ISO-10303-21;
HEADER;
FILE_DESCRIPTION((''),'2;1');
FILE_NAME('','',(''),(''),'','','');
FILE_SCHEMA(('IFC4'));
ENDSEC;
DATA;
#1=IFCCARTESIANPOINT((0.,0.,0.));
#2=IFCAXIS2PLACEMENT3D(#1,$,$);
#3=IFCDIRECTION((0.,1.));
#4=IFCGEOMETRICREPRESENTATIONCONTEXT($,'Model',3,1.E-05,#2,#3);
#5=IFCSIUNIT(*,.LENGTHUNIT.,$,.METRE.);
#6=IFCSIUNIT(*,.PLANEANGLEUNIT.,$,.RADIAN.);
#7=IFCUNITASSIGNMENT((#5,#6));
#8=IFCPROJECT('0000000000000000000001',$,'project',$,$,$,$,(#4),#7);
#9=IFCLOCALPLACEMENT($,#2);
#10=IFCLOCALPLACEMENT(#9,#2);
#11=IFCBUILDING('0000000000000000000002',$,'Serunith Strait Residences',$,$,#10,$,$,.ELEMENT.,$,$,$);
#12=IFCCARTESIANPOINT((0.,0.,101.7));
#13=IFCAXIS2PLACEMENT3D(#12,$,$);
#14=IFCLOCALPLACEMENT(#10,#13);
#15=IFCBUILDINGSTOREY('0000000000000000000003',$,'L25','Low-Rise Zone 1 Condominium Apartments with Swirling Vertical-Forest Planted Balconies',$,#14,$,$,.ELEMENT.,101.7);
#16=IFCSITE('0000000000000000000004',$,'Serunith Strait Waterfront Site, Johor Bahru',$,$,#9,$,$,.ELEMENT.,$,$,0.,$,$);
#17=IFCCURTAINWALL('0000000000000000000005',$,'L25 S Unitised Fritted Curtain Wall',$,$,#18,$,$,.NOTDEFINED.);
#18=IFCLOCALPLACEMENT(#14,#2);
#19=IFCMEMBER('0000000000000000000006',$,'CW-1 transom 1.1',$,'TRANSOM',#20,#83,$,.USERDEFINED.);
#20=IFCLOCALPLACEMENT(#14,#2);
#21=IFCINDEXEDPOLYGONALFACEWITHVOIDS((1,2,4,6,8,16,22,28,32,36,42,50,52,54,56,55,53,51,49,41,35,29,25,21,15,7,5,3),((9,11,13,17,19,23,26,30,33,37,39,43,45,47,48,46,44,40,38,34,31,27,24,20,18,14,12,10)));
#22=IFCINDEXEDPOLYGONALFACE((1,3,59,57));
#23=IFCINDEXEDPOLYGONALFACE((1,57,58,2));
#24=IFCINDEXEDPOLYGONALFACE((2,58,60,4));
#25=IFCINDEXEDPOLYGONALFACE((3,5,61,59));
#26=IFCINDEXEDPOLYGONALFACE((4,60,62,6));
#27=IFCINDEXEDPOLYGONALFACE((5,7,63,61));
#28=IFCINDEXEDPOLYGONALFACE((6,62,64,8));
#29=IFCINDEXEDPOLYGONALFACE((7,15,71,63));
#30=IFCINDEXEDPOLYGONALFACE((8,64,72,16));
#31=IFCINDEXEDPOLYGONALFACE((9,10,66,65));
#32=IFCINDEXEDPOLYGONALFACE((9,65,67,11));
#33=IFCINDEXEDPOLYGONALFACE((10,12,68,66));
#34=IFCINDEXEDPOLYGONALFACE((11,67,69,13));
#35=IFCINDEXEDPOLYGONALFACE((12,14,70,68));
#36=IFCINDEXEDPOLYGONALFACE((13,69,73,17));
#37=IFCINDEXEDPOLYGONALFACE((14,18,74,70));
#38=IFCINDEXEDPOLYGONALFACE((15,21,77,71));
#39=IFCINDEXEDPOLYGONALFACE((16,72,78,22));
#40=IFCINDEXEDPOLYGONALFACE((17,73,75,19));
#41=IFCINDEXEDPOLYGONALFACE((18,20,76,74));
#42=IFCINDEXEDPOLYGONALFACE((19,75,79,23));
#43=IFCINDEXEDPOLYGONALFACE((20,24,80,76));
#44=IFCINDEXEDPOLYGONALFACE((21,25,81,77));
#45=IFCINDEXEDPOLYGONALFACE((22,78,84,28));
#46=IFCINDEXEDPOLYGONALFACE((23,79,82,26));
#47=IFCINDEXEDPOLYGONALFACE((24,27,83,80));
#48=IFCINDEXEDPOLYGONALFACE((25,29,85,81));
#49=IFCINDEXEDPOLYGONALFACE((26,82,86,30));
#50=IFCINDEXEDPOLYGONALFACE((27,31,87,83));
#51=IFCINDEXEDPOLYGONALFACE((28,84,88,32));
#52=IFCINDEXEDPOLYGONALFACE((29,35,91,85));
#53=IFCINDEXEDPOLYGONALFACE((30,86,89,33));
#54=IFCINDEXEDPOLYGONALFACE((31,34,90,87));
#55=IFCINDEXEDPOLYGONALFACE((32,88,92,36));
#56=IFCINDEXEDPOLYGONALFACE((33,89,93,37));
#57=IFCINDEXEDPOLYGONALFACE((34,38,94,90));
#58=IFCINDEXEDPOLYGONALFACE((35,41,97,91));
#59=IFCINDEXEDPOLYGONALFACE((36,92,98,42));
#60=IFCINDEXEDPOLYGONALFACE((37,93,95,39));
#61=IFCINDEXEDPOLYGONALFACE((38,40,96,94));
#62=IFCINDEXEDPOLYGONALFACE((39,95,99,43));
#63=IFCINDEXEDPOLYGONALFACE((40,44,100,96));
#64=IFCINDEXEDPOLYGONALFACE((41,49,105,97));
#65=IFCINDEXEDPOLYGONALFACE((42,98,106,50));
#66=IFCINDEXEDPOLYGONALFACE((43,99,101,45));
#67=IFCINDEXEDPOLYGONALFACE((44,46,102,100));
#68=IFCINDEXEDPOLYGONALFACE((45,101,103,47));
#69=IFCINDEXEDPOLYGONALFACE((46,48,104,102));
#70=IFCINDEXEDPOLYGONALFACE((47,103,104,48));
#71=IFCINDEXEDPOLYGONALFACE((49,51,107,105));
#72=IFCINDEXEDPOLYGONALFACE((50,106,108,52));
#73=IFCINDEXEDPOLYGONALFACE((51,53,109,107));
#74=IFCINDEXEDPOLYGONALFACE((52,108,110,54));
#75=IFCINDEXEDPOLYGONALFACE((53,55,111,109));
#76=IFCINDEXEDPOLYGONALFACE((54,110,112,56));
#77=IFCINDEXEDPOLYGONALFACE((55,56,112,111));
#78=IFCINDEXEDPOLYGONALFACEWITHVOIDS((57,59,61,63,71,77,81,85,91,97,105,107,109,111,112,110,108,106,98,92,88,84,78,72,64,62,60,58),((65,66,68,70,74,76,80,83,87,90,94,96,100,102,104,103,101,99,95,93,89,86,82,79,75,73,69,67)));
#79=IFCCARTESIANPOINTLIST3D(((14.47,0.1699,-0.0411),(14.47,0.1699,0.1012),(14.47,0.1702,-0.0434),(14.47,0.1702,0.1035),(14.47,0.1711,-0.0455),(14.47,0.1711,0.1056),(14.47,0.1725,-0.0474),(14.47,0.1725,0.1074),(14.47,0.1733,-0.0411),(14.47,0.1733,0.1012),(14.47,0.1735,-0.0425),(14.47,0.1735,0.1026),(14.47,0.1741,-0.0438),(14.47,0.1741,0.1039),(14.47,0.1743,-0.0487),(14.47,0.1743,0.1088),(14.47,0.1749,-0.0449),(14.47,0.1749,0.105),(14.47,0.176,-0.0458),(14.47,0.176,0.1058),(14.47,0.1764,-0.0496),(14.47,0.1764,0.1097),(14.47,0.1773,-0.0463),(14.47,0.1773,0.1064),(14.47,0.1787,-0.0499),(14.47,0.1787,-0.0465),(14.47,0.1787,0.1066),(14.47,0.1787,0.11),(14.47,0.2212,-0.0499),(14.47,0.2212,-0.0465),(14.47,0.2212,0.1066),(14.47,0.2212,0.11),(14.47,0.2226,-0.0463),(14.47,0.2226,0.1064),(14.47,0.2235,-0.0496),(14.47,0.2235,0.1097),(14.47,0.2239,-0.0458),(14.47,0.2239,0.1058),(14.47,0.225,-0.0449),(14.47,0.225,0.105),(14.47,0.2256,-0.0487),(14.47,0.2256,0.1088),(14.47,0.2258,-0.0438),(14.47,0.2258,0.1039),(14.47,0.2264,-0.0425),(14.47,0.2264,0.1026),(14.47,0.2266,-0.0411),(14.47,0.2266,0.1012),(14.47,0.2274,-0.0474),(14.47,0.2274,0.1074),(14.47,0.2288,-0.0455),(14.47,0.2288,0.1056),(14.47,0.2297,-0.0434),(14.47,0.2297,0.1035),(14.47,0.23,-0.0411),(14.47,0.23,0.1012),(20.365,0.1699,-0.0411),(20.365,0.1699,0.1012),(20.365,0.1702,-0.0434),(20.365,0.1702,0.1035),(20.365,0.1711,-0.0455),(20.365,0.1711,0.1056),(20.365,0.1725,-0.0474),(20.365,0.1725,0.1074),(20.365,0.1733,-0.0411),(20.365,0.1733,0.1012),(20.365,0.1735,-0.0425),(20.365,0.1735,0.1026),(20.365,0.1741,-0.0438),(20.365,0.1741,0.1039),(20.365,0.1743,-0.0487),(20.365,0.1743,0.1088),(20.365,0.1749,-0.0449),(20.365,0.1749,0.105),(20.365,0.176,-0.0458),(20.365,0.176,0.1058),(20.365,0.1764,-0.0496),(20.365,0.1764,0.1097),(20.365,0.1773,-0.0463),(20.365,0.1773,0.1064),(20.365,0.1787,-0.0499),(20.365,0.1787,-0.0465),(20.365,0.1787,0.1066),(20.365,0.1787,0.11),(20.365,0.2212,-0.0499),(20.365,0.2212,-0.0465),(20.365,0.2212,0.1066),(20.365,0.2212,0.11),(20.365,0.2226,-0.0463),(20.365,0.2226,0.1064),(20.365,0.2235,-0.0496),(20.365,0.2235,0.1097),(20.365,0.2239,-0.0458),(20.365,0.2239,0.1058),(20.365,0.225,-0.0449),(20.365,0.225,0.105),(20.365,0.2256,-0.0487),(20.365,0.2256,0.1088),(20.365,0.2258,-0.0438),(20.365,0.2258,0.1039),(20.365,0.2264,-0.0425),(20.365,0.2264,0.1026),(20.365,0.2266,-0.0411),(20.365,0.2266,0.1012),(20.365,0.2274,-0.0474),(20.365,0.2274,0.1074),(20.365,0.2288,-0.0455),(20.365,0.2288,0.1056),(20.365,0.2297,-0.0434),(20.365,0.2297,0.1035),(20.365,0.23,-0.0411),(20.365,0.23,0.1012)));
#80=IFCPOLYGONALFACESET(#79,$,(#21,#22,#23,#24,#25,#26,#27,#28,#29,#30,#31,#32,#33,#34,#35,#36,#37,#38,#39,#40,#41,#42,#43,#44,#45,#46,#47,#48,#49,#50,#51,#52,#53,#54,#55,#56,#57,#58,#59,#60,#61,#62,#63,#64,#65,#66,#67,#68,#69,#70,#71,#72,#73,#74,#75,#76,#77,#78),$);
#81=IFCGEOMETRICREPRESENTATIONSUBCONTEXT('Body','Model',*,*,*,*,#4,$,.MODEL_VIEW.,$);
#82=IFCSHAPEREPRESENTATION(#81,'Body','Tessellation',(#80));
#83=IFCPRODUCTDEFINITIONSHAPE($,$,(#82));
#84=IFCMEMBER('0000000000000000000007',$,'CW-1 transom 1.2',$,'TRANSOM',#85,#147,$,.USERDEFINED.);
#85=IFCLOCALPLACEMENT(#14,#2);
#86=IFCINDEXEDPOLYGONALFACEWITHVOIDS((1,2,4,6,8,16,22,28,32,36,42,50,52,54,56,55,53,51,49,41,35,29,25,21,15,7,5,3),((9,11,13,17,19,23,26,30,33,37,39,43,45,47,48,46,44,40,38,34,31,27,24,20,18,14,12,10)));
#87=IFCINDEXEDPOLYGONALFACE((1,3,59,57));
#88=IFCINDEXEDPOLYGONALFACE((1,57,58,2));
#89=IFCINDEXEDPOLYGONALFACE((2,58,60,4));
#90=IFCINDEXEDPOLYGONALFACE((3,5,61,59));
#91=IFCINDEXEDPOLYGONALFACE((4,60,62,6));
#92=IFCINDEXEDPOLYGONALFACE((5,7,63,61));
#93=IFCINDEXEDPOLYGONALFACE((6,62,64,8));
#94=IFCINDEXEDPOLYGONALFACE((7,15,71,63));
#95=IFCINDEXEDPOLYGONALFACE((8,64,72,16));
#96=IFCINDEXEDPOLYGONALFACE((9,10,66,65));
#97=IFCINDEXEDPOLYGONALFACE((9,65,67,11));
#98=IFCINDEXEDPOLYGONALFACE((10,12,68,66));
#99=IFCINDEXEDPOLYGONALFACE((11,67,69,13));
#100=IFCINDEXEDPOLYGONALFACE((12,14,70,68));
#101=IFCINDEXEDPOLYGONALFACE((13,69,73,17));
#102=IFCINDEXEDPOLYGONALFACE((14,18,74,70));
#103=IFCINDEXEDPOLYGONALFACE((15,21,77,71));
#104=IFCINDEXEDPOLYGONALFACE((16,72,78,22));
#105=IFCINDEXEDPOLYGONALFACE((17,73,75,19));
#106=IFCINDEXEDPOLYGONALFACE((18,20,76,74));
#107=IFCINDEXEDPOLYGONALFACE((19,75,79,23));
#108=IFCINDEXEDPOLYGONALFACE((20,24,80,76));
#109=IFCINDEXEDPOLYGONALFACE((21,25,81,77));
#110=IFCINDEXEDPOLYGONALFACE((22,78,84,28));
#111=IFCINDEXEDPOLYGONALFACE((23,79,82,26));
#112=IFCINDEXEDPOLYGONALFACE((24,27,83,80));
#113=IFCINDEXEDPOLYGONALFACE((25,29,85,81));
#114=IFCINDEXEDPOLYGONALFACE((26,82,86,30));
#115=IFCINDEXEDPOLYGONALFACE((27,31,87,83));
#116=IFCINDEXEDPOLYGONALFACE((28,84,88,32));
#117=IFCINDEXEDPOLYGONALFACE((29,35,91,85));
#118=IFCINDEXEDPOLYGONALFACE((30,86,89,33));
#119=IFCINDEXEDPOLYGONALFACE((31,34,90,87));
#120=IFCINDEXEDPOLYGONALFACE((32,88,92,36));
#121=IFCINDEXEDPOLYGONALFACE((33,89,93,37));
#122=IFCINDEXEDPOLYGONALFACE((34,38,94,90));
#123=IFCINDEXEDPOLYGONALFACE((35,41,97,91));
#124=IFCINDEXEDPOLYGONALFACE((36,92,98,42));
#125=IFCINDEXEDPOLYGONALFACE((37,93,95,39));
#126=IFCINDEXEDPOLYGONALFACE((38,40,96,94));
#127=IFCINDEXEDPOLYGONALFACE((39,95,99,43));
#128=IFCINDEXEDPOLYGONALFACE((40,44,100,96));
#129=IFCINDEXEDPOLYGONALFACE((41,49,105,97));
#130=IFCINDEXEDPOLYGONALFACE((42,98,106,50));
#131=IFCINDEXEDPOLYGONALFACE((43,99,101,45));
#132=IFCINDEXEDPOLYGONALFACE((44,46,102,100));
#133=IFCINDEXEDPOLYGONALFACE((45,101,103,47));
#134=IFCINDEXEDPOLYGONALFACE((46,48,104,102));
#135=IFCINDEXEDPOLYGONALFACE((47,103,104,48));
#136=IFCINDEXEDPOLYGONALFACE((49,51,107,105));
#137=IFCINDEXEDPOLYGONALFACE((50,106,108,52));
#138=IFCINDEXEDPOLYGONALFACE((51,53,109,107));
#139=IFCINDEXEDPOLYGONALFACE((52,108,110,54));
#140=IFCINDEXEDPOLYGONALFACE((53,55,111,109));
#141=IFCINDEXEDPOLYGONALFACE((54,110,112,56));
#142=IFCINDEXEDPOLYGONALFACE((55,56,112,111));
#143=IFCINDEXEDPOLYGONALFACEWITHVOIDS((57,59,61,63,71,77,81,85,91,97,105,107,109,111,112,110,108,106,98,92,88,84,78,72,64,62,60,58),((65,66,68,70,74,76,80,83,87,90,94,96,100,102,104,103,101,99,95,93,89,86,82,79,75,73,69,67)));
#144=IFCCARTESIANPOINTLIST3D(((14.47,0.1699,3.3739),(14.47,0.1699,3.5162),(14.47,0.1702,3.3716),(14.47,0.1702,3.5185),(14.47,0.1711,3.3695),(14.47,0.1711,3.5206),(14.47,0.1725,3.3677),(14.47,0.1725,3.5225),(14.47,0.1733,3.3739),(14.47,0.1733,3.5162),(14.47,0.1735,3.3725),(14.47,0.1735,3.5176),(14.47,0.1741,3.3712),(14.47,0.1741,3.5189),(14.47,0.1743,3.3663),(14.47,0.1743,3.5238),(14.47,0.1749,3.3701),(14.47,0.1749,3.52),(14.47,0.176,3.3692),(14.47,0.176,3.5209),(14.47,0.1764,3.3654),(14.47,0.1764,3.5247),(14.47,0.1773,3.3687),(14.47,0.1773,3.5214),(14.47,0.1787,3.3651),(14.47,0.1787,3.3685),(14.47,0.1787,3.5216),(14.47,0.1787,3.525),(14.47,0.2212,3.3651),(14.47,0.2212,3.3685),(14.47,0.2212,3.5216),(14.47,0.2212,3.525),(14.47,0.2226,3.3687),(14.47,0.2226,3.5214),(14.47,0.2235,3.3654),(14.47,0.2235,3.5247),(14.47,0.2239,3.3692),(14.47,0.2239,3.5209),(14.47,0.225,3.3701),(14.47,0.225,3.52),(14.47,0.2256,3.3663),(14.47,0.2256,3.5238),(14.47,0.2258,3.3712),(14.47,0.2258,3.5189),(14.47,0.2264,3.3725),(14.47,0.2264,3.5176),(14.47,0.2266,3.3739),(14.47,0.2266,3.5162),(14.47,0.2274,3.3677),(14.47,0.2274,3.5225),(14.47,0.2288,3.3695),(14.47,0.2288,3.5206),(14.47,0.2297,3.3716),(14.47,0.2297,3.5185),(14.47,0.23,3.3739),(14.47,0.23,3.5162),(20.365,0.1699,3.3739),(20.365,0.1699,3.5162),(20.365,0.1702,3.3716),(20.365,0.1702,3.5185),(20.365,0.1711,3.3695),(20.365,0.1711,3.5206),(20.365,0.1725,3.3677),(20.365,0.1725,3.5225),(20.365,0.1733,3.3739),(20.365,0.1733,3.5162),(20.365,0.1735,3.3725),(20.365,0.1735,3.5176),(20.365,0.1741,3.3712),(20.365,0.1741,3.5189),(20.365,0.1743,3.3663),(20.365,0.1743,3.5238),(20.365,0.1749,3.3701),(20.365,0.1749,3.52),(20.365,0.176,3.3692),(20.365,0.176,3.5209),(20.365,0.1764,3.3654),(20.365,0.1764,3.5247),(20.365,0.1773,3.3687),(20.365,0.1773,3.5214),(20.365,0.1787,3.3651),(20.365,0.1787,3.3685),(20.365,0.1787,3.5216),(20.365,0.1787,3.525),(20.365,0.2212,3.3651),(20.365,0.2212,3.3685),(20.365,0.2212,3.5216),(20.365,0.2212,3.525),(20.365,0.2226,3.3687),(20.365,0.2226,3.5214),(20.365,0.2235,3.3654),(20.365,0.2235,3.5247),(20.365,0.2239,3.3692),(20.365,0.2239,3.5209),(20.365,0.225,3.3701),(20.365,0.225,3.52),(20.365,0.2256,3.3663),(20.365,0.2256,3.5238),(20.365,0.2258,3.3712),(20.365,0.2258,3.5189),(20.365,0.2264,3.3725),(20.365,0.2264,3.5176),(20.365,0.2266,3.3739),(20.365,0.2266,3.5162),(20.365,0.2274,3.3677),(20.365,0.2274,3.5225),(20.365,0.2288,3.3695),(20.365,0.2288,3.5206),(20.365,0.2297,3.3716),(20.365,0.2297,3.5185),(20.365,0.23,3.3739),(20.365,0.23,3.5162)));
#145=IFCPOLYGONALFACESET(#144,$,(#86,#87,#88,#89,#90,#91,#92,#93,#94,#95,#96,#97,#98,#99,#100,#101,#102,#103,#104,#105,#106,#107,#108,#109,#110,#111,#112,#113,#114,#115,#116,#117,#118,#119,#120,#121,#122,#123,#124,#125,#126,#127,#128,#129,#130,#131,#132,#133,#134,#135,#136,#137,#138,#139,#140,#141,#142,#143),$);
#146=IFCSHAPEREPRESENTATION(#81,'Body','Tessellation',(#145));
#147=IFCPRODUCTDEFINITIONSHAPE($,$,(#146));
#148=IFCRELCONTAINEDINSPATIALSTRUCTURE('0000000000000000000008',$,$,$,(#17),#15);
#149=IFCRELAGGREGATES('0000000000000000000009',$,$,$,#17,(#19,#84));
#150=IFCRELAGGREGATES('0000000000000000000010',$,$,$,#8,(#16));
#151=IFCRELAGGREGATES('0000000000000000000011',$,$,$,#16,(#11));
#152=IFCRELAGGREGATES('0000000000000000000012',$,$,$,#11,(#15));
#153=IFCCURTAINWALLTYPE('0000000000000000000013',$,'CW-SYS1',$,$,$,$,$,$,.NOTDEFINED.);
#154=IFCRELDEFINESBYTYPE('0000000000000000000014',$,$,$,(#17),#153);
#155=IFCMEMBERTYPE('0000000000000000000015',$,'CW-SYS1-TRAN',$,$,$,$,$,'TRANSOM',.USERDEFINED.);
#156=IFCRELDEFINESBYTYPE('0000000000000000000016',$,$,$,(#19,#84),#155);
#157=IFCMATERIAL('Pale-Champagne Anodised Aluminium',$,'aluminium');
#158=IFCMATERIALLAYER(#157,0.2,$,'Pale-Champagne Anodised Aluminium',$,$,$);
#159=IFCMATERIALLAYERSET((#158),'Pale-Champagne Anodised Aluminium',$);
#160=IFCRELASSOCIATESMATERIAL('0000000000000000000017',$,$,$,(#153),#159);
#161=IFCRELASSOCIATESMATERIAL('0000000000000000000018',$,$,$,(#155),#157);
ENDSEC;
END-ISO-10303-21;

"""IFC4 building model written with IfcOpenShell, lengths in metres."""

from ifc_helpers import new_model, si_unit, direction, frame, origin, origin_2d, place, context, subcontext, project, spatial, hollow_rectangle, extrude, source, transform, mapped, material, layer, layer_set, material_profile, profile_set, type_object, element, aggregate, save


model = new_model("IFC4")

# Units and contexts
model_context = context("Model", 3, precision=1e-05, world=origin(), true_north=direction((0.0, 1.0)))
body_context = subcontext(model_context, "Body", "Model", "MODEL_VIEW")
ifc_project = project(units=[si_unit("LENGTHUNIT", "METRE"), si_unit("PLANEANGLEUNIT", "RADIAN")], contexts=[model_context])

# Site, building, storey
site_placement = place(None, origin())
site = spatial("IfcSite", under=ifc_project, at=site_placement, Name="Serunith Strait Waterfront Site, Johor Bahru", CompositionType="ELEMENT", RefElevation=0.0)
building_placement = place(site_placement, origin())
building = spatial("IfcBuilding", under=site, at=building_placement, Name="Serunith Strait Residences", CompositionType="ELEMENT")
storey_placement = place(building_placement, frame((0.0, 0.0, 101.7)))
storey = spatial("IfcBuildingStorey", under=building, at=storey_placement, Name="L25", Description="Low-Rise Zone 1 Condominium Apartments with Swirling Vertical-Forest Planted Balconies", CompositionType="ELEMENT", Elevation=101.7)

# Curtain wall
ifc_material_1 = material(Name="Pale-Champagne Anodised Aluminium", Category="aluminium")
ifc_layer_1 = layer(ifc_material_1, 0.2, Name="Pale-Champagne Anodised Aluminium")
ifc_layer_set_1 = layer_set([ifc_layer_1], Name="Pale-Champagne Anodised Aluminium")
curtain_wall_type = type_object("IfcCurtainWallType", Name="CW-SYS1", PredefinedType="NOTDEFINED", material=ifc_layer_set_1)
curtain_wall_1_placement = place(storey_placement, origin())
curtain_wall_1 = element("IfcCurtainWall", 1, at=curtain_wall_1_placement, inside=storey, type_object=curtain_wall_type, Name="L25 S Unitised Fritted Curtain Wall", PredefinedType="NOTDEFINED")

# Members
ifc_material_profile_1 = material_profile(ifc_material_1, hollow_rectangle(XDim=0.0601, YDim=0.1599, WallThickness=0.0034, InnerFilletRadius=0.0054, OuterFilletRadius=0.0088, at=origin_2d()), Name="ALU 160x60x3.5")
ifc_profile_set_1 = profile_set([ifc_material_profile_1], Name="Pale-Champagne Anodised Aluminium")
member_type_1 = type_object("IfcMemberType", Name="CW-SYS1-TRAN", ElementType="TRANSOM", PredefinedType="USERDEFINED", material=ifc_profile_set_1)
shared_shape_1 = source(origin(), body_context, "Body", "SweptSolid", [
    extrude(hollow_rectangle(XDim=0.0601, YDim=0.1599, WallThickness=0.0034, InnerFilletRadius=0.0054, OuterFilletRadius=0.0088, at=origin_2d()), origin(), (0.0, 0.0, 1.0), 5.895),
])
member_1_placement = place(storey_placement, frame((14.47, 0.2, 0.03), z_axis=(1.0, 0.0, 0.0), x_axis=(0.0, 1.0, 0.0)))
member_1 = element("IfcMember", 2, at=member_1_placement, type_object=member_type_1, Name="CW-1 transom 1.1", ObjectType="TRANSOM", PredefinedType="USERDEFINED", context=body_context, shape_type="MappedRepresentation", body=[
    mapped(shared_shape_1, transform((0.0, 0.0, 0.0), scale=1.0)),
])
member_2_placement = place(storey_placement, frame((14.47, 0.2, 3.4451), z_axis=(1.0, 0.0, 0.0), x_axis=(0.0, 1.0, 0.0)))
member_2 = element("IfcMember", 3, at=member_2_placement, type_object=member_type_1, Name="CW-1 transom 1.2", ObjectType="TRANSOM", PredefinedType="USERDEFINED", context=body_context, shape_type="MappedRepresentation", body=[
    mapped(shared_shape_1, transform((0.0, 0.0, 0.0), scale=1.0)),
])
aggregate(curtain_wall_1, [member_1, member_2])

save(model, "model.ifc")
